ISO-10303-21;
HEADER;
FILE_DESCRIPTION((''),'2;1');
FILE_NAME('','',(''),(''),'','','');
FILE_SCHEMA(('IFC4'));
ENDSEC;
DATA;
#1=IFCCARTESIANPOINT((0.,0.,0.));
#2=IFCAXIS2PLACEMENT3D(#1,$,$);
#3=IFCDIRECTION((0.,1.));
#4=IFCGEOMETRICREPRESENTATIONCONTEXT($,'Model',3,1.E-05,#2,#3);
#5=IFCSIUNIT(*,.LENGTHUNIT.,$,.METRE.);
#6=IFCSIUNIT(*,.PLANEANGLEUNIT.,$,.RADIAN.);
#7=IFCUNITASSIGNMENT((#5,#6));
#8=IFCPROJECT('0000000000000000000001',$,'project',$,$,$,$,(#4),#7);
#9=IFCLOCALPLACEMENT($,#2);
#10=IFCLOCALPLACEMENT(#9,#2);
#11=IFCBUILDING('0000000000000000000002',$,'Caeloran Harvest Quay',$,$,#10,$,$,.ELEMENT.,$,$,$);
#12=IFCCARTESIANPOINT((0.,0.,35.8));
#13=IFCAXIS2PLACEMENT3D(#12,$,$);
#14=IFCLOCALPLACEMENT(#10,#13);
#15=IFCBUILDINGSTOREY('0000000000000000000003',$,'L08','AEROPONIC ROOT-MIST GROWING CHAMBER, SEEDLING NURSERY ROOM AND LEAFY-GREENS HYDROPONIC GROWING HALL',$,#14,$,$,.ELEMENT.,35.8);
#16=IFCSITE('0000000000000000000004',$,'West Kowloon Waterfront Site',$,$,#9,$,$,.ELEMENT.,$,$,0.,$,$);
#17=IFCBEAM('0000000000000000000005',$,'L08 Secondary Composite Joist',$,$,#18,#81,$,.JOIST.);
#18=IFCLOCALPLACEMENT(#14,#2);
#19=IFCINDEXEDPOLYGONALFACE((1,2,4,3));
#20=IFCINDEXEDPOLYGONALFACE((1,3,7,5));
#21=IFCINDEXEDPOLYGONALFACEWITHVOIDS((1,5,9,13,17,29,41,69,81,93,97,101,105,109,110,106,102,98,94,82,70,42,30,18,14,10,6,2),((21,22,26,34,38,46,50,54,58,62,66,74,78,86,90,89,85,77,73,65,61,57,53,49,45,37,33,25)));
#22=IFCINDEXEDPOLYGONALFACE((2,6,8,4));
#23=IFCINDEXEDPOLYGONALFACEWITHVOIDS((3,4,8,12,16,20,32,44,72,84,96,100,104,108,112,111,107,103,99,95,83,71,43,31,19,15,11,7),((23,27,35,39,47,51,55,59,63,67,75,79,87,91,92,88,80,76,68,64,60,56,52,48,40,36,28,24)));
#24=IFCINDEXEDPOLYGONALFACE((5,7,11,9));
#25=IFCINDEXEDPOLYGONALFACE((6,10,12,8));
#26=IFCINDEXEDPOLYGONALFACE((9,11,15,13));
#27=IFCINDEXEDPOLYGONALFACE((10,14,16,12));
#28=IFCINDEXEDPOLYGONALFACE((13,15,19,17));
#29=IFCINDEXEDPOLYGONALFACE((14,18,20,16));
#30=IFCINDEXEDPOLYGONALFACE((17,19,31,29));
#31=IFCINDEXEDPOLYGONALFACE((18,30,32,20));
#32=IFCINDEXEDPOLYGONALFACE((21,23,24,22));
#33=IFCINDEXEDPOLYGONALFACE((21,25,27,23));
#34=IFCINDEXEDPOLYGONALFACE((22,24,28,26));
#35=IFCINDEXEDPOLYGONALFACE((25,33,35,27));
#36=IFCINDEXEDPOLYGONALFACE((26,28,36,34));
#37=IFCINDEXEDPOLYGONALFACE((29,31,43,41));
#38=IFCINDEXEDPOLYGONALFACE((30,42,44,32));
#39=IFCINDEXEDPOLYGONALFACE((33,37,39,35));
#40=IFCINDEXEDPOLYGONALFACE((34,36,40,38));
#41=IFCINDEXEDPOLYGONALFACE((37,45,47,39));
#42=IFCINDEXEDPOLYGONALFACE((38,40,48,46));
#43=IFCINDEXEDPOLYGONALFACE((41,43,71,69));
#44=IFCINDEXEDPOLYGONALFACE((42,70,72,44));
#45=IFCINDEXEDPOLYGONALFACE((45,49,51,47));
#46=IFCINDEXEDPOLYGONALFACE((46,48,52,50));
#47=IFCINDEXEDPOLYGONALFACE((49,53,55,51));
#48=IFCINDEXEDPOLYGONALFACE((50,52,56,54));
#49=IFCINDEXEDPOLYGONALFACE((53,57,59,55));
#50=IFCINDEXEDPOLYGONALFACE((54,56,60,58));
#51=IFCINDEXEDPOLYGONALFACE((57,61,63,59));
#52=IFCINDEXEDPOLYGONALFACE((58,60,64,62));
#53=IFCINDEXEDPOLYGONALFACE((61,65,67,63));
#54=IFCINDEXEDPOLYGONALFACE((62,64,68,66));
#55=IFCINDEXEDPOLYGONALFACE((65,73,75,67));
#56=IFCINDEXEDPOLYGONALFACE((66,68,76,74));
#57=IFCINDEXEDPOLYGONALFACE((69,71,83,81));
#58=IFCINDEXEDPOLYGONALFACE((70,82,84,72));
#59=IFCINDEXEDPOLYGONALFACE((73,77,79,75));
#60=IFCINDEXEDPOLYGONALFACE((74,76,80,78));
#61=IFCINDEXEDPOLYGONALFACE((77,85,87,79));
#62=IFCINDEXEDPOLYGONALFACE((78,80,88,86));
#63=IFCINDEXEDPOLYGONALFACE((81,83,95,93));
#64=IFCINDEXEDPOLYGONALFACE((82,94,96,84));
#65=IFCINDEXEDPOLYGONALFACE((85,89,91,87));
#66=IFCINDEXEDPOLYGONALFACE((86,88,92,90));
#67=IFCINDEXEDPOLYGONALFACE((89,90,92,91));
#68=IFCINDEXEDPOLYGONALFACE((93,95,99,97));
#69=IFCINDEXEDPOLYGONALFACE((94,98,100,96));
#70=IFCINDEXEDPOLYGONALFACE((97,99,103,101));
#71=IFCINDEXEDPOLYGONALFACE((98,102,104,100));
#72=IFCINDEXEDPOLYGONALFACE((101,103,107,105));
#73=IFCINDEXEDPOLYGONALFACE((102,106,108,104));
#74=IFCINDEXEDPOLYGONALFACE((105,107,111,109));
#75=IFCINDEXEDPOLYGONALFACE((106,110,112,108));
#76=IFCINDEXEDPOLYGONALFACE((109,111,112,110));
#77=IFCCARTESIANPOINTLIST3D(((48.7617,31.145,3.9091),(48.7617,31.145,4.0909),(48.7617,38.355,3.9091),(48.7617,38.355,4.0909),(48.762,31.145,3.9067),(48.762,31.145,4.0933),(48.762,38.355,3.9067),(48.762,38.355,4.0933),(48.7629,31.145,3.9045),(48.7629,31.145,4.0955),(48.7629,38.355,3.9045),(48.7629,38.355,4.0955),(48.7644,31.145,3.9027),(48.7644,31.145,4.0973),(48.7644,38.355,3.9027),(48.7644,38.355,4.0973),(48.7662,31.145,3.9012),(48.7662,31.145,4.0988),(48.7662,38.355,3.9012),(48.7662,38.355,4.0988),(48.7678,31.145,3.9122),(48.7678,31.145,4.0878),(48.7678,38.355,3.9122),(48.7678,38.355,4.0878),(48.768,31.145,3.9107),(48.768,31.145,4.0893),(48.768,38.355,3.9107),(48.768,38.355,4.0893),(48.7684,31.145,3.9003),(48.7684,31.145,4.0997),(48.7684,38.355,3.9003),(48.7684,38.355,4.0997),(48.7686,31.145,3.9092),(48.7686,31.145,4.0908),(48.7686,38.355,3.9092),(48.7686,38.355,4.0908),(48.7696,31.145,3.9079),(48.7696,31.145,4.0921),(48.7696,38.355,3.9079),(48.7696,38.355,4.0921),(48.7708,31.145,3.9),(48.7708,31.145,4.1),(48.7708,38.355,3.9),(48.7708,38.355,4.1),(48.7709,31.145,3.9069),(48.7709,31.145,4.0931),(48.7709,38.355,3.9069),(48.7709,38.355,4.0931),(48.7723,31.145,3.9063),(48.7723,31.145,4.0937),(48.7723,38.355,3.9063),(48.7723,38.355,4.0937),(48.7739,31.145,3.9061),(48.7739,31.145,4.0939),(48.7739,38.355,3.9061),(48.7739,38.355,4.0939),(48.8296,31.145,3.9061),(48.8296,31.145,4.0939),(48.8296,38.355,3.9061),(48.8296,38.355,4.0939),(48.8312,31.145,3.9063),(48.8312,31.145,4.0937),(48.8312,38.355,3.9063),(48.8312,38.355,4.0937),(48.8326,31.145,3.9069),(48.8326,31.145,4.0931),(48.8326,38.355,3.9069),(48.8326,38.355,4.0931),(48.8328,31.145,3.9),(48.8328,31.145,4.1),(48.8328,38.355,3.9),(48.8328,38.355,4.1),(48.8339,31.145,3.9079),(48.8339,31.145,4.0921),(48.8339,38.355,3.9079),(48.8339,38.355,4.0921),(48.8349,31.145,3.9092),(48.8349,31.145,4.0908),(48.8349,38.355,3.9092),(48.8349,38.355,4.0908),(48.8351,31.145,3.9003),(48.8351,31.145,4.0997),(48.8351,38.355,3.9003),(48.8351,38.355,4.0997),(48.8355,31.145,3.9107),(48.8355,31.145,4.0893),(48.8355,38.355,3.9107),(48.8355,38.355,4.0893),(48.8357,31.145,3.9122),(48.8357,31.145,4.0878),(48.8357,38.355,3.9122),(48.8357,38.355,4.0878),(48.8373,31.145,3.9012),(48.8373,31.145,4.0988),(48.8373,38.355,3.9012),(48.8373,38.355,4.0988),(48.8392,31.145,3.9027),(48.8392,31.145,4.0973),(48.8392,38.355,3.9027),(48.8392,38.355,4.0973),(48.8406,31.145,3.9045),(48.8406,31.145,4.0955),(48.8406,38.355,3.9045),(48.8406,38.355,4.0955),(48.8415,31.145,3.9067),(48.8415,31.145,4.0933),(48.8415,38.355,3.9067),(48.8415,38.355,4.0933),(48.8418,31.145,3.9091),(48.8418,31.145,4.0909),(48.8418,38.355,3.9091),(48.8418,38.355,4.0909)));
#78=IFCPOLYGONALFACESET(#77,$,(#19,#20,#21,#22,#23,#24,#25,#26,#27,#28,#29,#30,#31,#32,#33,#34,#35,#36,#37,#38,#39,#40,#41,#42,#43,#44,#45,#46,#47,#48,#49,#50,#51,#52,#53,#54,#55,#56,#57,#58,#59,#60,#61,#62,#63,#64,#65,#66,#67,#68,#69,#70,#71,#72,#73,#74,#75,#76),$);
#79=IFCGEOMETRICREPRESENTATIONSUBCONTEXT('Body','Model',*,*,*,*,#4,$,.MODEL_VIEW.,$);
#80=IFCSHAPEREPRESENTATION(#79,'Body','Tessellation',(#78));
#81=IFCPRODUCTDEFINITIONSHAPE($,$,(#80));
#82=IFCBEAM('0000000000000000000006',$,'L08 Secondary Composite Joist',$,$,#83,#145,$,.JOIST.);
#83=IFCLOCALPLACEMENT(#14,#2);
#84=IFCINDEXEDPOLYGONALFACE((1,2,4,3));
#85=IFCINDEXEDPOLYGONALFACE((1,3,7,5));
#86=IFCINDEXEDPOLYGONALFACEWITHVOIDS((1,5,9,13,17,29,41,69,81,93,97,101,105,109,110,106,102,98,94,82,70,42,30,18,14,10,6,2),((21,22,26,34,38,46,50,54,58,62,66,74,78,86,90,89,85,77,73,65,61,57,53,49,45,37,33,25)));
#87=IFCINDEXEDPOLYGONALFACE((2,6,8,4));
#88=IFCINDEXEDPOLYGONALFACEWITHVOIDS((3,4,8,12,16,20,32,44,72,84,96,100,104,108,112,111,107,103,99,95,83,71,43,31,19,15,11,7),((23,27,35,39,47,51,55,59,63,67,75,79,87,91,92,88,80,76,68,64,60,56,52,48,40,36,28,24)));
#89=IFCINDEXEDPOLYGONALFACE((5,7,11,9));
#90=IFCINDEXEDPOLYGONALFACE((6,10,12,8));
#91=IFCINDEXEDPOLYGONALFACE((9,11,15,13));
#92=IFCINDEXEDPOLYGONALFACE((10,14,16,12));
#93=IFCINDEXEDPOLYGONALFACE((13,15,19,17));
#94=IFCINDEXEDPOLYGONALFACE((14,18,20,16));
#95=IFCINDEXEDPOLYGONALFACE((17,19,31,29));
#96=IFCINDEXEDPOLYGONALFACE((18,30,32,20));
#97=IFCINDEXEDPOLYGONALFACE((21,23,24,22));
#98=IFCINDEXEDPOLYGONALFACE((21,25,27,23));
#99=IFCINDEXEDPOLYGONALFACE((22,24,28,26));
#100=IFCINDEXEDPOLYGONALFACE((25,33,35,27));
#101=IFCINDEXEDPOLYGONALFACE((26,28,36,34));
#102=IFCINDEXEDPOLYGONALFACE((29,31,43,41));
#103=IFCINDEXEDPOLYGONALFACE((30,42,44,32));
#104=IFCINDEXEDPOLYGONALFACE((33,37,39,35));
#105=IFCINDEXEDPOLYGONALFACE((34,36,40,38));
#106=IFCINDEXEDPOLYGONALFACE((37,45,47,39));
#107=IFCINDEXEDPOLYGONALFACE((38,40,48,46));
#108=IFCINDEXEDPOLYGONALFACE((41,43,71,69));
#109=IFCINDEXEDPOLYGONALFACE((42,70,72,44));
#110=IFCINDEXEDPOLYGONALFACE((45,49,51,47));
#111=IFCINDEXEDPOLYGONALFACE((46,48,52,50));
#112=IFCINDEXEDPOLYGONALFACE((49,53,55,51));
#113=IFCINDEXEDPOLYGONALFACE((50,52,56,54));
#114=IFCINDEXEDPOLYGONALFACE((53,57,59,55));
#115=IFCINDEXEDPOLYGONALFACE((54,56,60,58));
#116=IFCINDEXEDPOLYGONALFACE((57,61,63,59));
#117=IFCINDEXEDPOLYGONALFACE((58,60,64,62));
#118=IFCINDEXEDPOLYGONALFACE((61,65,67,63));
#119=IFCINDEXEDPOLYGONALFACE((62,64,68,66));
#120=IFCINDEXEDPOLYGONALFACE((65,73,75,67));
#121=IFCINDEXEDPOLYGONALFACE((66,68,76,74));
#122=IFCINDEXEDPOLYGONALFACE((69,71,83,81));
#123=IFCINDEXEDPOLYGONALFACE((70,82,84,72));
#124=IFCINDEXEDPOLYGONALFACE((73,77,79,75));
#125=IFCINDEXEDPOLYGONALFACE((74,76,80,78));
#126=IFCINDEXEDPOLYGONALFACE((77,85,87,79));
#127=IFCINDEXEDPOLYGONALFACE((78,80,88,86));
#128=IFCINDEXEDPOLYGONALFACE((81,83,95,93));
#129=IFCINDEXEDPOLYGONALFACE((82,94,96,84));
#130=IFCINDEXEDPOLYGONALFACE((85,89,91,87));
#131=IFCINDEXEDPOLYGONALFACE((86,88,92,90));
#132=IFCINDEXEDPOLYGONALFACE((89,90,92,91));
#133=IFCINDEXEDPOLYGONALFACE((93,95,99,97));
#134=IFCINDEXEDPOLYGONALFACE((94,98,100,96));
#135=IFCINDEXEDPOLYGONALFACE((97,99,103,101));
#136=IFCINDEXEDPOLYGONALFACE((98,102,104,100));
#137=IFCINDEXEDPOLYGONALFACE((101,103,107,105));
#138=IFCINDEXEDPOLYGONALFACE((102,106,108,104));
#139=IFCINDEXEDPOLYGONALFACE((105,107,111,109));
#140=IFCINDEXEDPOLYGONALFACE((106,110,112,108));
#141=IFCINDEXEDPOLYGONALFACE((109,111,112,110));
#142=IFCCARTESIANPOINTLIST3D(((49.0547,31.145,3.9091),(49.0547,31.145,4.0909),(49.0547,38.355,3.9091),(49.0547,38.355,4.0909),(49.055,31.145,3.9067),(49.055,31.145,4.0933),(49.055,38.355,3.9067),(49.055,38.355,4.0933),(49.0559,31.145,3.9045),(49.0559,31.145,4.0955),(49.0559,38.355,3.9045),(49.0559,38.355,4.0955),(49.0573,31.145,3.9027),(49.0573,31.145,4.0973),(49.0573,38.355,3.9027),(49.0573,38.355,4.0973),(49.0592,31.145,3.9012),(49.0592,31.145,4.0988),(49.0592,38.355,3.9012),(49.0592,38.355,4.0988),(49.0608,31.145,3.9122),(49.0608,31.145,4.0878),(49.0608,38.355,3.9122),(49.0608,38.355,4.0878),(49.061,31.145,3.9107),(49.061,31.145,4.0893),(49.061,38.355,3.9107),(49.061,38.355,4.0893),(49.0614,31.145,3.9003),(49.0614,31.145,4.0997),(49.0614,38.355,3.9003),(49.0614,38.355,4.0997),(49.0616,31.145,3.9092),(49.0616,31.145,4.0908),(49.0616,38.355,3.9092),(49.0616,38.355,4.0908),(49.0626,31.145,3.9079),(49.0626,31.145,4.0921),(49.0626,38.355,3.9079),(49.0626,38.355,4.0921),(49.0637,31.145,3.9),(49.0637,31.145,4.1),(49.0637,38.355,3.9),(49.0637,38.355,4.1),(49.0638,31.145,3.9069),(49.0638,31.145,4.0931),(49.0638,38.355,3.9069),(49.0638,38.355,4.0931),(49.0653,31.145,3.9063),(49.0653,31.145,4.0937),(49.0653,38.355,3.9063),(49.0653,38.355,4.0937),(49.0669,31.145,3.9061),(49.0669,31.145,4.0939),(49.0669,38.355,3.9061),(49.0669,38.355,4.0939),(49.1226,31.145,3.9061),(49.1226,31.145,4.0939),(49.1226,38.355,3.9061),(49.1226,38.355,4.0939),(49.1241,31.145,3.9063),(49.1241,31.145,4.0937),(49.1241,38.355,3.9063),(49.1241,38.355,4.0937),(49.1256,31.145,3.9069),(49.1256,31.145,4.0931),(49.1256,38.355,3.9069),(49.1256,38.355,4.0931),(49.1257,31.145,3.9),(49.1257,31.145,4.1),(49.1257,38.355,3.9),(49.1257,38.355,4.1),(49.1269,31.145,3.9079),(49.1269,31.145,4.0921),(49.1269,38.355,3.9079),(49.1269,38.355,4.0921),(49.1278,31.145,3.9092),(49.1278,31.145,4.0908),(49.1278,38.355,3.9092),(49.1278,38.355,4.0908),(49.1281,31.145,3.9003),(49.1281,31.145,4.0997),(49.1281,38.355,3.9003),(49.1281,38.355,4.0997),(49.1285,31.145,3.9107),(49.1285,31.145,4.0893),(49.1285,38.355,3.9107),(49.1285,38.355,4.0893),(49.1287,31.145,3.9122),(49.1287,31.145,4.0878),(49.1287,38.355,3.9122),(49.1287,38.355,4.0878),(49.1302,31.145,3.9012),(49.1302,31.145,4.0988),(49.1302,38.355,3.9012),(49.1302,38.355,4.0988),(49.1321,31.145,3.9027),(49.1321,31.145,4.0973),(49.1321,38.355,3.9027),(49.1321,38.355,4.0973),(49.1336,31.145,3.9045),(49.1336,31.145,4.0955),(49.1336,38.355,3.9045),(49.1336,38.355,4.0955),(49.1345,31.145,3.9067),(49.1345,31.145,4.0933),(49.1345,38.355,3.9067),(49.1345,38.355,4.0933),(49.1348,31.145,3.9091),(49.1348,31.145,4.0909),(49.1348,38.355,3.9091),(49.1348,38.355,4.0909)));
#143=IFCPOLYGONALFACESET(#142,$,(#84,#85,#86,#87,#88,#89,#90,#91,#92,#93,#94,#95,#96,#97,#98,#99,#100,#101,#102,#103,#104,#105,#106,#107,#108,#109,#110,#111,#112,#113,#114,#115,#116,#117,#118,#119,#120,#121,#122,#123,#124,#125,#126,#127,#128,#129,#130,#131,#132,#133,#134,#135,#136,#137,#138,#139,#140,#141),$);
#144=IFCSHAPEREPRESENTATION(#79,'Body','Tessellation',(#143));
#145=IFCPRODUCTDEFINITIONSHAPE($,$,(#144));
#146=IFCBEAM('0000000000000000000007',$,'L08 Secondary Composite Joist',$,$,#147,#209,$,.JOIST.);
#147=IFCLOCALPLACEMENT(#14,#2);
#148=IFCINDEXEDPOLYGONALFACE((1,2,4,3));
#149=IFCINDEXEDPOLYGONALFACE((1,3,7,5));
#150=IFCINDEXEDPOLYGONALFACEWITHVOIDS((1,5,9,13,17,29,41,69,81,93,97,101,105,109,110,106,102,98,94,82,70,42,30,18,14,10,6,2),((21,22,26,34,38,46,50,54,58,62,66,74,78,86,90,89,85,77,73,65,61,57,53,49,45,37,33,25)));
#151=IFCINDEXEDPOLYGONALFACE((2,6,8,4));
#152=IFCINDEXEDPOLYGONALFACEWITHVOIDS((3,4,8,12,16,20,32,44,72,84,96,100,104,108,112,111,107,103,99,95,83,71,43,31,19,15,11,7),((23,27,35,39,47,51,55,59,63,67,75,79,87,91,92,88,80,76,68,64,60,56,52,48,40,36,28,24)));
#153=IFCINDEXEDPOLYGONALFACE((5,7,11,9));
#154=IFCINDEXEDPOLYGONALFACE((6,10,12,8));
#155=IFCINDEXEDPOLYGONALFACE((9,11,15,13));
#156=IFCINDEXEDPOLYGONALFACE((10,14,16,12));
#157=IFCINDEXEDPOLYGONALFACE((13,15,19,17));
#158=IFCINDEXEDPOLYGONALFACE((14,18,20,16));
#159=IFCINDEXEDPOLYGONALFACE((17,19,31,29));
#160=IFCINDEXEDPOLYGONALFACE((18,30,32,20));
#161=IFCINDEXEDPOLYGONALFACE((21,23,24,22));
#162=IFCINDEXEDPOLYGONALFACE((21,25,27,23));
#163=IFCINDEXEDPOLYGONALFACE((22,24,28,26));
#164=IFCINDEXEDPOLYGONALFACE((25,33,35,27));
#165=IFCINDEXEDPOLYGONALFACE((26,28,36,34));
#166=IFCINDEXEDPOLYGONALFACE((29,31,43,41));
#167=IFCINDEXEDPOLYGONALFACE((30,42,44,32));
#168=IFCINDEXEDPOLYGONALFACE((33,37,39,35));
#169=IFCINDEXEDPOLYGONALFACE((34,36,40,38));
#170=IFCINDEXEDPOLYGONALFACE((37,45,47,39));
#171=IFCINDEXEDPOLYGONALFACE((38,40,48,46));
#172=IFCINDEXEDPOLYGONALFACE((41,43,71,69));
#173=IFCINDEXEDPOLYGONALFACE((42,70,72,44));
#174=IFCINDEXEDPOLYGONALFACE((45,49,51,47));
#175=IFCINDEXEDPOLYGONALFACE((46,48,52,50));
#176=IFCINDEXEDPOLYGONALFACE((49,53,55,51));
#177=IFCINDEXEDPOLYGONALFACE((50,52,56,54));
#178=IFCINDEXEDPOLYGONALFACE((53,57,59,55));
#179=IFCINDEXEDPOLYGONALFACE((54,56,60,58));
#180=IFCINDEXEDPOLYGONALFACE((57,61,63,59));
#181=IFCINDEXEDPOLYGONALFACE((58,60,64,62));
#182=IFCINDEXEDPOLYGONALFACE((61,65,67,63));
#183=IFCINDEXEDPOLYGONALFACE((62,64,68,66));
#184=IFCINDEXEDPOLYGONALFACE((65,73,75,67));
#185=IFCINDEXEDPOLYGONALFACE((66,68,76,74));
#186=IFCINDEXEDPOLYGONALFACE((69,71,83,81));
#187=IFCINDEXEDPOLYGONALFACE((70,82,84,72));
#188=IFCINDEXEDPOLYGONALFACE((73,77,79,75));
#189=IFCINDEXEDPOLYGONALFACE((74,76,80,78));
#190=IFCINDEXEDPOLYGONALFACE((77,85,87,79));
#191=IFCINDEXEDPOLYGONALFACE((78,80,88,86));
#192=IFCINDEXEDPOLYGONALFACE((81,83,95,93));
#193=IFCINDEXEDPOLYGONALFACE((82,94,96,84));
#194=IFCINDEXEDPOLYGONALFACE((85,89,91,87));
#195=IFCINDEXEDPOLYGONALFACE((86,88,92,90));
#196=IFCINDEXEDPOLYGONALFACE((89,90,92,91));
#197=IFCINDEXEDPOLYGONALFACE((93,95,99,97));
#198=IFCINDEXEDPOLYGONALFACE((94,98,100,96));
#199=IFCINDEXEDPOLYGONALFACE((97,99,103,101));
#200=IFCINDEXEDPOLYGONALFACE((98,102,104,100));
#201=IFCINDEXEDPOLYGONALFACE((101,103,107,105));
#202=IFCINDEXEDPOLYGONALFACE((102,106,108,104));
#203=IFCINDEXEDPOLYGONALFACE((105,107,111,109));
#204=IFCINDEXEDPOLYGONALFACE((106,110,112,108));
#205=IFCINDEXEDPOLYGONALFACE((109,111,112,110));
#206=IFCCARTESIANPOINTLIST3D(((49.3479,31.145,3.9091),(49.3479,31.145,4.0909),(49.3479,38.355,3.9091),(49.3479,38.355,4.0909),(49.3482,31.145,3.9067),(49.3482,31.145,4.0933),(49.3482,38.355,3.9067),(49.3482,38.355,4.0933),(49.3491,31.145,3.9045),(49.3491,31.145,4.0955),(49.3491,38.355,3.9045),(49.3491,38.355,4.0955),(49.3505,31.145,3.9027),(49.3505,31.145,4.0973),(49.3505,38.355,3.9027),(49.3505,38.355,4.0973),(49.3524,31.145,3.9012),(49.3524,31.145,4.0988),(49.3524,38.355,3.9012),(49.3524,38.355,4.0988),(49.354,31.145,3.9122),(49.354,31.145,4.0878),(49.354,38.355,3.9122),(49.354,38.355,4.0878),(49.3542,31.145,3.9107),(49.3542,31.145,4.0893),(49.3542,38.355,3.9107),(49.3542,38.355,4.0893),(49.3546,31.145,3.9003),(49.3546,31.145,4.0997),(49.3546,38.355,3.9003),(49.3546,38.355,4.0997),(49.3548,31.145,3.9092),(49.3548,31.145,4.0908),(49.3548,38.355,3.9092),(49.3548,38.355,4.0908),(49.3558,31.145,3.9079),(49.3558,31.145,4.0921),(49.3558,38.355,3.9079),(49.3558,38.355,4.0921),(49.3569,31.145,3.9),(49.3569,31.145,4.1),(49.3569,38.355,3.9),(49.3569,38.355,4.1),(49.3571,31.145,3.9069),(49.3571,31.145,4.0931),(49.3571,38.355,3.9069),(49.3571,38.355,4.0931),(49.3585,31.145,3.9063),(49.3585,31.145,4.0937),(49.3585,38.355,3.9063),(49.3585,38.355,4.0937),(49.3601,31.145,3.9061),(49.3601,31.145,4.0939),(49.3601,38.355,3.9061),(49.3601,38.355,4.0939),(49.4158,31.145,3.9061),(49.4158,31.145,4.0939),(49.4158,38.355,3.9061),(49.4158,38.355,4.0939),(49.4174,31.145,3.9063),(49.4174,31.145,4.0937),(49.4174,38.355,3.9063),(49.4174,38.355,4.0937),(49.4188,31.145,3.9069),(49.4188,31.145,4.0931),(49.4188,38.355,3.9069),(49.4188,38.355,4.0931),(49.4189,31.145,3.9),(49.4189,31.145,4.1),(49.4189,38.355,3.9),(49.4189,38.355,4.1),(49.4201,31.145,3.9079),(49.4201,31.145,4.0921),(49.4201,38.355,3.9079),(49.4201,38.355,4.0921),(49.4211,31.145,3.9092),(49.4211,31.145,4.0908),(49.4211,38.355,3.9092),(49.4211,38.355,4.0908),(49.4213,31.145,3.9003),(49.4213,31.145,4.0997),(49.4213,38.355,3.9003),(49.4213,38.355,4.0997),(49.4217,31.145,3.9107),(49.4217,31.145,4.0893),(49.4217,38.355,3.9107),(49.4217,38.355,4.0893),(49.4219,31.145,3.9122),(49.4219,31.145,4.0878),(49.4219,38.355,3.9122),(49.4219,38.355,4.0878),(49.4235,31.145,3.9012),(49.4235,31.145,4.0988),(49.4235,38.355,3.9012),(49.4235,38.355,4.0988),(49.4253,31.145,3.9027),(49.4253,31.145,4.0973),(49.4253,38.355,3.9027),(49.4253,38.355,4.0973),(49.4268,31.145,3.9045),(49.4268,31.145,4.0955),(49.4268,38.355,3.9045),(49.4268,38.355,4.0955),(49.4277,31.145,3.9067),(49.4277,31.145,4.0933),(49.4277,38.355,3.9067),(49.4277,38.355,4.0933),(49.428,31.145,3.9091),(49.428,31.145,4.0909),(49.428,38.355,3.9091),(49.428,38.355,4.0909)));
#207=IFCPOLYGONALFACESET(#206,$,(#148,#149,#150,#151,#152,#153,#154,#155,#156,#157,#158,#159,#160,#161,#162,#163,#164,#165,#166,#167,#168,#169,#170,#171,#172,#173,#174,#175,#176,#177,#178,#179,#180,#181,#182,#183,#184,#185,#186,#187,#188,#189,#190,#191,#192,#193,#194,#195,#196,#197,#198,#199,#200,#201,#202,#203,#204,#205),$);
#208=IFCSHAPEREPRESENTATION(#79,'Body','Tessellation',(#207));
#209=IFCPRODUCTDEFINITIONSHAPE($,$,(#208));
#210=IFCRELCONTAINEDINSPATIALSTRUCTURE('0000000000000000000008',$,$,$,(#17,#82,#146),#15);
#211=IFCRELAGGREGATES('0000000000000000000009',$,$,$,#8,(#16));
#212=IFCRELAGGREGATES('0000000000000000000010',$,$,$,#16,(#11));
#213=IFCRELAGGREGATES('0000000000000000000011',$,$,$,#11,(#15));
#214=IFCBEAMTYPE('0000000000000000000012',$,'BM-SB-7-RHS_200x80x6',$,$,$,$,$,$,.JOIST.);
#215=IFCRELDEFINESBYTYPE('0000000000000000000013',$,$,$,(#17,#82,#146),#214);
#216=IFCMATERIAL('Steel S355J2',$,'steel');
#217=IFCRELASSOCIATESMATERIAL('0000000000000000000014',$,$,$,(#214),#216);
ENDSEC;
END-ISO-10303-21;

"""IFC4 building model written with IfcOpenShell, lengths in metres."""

from ifc_helpers import new_model, si_unit, direction, frame, origin, origin_2d, place, context, subcontext, project, spatial, hollow_rectangle, extrude, material, material_profile, profile_set, type_object, element, save


model = new_model("IFC4")

# Units and contexts
model_context = context("Model", 3, precision=1e-05, world=origin(), true_north=direction((0.0, 1.0)))
body_context = subcontext(model_context, "Body", "Model", "MODEL_VIEW")
ifc_project = project(units=[si_unit("LENGTHUNIT", "METRE"), si_unit("PLANEANGLEUNIT", "RADIAN")], contexts=[model_context])

# Site, building, storey
site_placement = place(None, origin())
site = spatial("IfcSite", under=ifc_project, at=site_placement, Name="West Kowloon Waterfront Site", CompositionType="ELEMENT", RefElevation=0.0)
building_placement = place(site_placement, origin())
building = spatial("IfcBuilding", under=site, at=building_placement, Name="Caeloran Harvest Quay", CompositionType="ELEMENT")
storey_placement = place(building_placement, frame((0.0, 0.0, 35.8)))
storey = spatial("IfcBuildingStorey", under=building, at=storey_placement, Name="L08", Description="AEROPONIC ROOT-MIST GROWING CHAMBER, SEEDLING NURSERY ROOM AND LEAFY-GREENS HYDROPONIC GROWING HALL", CompositionType="ELEMENT", Elevation=35.8)

# Beams
ifc_material_1 = material(Name="Steel S355J2", Category="steel")
ifc_material_profile_1 = material_profile(ifc_material_1, hollow_rectangle(XDim=0.0801, YDim=0.2, WallThickness=0.0061, InnerFilletRadius=0.0061, OuterFilletRadius=0.009, at=origin_2d()), Name="RHS 200x80x6")
ifc_profile_set_1 = profile_set([ifc_material_profile_1], Name="Steel S355J2")
beam_type_1 = type_object("IfcBeamType", Name="BM-SB-7-RHS_200x80x6", PredefinedType="JOIST", material=ifc_profile_set_1)
for number, where, z_axis, x_axis, name in (
    (1, (48.8018, 31.145, 4.0), (0.0, 1.0, 0.0), (-1.0, 0.0, 0.0), "L08 Secondary Composite Joist"),
    (2, (49.0947, 31.145, 4.0), (0.0, 1.0, 0.0), (-1.0, 0.0, 0.0), "L08 Secondary Composite Joist"),
    (3, (49.3879, 31.145, 4.0), (0.0, 1.0, 0.0), (-1.0, 0.0, 0.0), "L08 Secondary Composite Joist"),
):
    element("IfcBeam", number, at=place(storey_placement, frame(where, z_axis=z_axis, x_axis=x_axis)), inside=storey, type_object=beam_type_1, Name=name, PredefinedType="JOIST", context=body_context, shape_type="SweptSolid", body=[
        extrude(hollow_rectangle(XDim=0.0801, YDim=0.2, WallThickness=0.0061, InnerFilletRadius=0.0061, OuterFilletRadius=0.009, at=origin_2d()), origin(), (0.0, 0.0, 1.0), 7.21),
    ])

save(model, "model.ifc")
